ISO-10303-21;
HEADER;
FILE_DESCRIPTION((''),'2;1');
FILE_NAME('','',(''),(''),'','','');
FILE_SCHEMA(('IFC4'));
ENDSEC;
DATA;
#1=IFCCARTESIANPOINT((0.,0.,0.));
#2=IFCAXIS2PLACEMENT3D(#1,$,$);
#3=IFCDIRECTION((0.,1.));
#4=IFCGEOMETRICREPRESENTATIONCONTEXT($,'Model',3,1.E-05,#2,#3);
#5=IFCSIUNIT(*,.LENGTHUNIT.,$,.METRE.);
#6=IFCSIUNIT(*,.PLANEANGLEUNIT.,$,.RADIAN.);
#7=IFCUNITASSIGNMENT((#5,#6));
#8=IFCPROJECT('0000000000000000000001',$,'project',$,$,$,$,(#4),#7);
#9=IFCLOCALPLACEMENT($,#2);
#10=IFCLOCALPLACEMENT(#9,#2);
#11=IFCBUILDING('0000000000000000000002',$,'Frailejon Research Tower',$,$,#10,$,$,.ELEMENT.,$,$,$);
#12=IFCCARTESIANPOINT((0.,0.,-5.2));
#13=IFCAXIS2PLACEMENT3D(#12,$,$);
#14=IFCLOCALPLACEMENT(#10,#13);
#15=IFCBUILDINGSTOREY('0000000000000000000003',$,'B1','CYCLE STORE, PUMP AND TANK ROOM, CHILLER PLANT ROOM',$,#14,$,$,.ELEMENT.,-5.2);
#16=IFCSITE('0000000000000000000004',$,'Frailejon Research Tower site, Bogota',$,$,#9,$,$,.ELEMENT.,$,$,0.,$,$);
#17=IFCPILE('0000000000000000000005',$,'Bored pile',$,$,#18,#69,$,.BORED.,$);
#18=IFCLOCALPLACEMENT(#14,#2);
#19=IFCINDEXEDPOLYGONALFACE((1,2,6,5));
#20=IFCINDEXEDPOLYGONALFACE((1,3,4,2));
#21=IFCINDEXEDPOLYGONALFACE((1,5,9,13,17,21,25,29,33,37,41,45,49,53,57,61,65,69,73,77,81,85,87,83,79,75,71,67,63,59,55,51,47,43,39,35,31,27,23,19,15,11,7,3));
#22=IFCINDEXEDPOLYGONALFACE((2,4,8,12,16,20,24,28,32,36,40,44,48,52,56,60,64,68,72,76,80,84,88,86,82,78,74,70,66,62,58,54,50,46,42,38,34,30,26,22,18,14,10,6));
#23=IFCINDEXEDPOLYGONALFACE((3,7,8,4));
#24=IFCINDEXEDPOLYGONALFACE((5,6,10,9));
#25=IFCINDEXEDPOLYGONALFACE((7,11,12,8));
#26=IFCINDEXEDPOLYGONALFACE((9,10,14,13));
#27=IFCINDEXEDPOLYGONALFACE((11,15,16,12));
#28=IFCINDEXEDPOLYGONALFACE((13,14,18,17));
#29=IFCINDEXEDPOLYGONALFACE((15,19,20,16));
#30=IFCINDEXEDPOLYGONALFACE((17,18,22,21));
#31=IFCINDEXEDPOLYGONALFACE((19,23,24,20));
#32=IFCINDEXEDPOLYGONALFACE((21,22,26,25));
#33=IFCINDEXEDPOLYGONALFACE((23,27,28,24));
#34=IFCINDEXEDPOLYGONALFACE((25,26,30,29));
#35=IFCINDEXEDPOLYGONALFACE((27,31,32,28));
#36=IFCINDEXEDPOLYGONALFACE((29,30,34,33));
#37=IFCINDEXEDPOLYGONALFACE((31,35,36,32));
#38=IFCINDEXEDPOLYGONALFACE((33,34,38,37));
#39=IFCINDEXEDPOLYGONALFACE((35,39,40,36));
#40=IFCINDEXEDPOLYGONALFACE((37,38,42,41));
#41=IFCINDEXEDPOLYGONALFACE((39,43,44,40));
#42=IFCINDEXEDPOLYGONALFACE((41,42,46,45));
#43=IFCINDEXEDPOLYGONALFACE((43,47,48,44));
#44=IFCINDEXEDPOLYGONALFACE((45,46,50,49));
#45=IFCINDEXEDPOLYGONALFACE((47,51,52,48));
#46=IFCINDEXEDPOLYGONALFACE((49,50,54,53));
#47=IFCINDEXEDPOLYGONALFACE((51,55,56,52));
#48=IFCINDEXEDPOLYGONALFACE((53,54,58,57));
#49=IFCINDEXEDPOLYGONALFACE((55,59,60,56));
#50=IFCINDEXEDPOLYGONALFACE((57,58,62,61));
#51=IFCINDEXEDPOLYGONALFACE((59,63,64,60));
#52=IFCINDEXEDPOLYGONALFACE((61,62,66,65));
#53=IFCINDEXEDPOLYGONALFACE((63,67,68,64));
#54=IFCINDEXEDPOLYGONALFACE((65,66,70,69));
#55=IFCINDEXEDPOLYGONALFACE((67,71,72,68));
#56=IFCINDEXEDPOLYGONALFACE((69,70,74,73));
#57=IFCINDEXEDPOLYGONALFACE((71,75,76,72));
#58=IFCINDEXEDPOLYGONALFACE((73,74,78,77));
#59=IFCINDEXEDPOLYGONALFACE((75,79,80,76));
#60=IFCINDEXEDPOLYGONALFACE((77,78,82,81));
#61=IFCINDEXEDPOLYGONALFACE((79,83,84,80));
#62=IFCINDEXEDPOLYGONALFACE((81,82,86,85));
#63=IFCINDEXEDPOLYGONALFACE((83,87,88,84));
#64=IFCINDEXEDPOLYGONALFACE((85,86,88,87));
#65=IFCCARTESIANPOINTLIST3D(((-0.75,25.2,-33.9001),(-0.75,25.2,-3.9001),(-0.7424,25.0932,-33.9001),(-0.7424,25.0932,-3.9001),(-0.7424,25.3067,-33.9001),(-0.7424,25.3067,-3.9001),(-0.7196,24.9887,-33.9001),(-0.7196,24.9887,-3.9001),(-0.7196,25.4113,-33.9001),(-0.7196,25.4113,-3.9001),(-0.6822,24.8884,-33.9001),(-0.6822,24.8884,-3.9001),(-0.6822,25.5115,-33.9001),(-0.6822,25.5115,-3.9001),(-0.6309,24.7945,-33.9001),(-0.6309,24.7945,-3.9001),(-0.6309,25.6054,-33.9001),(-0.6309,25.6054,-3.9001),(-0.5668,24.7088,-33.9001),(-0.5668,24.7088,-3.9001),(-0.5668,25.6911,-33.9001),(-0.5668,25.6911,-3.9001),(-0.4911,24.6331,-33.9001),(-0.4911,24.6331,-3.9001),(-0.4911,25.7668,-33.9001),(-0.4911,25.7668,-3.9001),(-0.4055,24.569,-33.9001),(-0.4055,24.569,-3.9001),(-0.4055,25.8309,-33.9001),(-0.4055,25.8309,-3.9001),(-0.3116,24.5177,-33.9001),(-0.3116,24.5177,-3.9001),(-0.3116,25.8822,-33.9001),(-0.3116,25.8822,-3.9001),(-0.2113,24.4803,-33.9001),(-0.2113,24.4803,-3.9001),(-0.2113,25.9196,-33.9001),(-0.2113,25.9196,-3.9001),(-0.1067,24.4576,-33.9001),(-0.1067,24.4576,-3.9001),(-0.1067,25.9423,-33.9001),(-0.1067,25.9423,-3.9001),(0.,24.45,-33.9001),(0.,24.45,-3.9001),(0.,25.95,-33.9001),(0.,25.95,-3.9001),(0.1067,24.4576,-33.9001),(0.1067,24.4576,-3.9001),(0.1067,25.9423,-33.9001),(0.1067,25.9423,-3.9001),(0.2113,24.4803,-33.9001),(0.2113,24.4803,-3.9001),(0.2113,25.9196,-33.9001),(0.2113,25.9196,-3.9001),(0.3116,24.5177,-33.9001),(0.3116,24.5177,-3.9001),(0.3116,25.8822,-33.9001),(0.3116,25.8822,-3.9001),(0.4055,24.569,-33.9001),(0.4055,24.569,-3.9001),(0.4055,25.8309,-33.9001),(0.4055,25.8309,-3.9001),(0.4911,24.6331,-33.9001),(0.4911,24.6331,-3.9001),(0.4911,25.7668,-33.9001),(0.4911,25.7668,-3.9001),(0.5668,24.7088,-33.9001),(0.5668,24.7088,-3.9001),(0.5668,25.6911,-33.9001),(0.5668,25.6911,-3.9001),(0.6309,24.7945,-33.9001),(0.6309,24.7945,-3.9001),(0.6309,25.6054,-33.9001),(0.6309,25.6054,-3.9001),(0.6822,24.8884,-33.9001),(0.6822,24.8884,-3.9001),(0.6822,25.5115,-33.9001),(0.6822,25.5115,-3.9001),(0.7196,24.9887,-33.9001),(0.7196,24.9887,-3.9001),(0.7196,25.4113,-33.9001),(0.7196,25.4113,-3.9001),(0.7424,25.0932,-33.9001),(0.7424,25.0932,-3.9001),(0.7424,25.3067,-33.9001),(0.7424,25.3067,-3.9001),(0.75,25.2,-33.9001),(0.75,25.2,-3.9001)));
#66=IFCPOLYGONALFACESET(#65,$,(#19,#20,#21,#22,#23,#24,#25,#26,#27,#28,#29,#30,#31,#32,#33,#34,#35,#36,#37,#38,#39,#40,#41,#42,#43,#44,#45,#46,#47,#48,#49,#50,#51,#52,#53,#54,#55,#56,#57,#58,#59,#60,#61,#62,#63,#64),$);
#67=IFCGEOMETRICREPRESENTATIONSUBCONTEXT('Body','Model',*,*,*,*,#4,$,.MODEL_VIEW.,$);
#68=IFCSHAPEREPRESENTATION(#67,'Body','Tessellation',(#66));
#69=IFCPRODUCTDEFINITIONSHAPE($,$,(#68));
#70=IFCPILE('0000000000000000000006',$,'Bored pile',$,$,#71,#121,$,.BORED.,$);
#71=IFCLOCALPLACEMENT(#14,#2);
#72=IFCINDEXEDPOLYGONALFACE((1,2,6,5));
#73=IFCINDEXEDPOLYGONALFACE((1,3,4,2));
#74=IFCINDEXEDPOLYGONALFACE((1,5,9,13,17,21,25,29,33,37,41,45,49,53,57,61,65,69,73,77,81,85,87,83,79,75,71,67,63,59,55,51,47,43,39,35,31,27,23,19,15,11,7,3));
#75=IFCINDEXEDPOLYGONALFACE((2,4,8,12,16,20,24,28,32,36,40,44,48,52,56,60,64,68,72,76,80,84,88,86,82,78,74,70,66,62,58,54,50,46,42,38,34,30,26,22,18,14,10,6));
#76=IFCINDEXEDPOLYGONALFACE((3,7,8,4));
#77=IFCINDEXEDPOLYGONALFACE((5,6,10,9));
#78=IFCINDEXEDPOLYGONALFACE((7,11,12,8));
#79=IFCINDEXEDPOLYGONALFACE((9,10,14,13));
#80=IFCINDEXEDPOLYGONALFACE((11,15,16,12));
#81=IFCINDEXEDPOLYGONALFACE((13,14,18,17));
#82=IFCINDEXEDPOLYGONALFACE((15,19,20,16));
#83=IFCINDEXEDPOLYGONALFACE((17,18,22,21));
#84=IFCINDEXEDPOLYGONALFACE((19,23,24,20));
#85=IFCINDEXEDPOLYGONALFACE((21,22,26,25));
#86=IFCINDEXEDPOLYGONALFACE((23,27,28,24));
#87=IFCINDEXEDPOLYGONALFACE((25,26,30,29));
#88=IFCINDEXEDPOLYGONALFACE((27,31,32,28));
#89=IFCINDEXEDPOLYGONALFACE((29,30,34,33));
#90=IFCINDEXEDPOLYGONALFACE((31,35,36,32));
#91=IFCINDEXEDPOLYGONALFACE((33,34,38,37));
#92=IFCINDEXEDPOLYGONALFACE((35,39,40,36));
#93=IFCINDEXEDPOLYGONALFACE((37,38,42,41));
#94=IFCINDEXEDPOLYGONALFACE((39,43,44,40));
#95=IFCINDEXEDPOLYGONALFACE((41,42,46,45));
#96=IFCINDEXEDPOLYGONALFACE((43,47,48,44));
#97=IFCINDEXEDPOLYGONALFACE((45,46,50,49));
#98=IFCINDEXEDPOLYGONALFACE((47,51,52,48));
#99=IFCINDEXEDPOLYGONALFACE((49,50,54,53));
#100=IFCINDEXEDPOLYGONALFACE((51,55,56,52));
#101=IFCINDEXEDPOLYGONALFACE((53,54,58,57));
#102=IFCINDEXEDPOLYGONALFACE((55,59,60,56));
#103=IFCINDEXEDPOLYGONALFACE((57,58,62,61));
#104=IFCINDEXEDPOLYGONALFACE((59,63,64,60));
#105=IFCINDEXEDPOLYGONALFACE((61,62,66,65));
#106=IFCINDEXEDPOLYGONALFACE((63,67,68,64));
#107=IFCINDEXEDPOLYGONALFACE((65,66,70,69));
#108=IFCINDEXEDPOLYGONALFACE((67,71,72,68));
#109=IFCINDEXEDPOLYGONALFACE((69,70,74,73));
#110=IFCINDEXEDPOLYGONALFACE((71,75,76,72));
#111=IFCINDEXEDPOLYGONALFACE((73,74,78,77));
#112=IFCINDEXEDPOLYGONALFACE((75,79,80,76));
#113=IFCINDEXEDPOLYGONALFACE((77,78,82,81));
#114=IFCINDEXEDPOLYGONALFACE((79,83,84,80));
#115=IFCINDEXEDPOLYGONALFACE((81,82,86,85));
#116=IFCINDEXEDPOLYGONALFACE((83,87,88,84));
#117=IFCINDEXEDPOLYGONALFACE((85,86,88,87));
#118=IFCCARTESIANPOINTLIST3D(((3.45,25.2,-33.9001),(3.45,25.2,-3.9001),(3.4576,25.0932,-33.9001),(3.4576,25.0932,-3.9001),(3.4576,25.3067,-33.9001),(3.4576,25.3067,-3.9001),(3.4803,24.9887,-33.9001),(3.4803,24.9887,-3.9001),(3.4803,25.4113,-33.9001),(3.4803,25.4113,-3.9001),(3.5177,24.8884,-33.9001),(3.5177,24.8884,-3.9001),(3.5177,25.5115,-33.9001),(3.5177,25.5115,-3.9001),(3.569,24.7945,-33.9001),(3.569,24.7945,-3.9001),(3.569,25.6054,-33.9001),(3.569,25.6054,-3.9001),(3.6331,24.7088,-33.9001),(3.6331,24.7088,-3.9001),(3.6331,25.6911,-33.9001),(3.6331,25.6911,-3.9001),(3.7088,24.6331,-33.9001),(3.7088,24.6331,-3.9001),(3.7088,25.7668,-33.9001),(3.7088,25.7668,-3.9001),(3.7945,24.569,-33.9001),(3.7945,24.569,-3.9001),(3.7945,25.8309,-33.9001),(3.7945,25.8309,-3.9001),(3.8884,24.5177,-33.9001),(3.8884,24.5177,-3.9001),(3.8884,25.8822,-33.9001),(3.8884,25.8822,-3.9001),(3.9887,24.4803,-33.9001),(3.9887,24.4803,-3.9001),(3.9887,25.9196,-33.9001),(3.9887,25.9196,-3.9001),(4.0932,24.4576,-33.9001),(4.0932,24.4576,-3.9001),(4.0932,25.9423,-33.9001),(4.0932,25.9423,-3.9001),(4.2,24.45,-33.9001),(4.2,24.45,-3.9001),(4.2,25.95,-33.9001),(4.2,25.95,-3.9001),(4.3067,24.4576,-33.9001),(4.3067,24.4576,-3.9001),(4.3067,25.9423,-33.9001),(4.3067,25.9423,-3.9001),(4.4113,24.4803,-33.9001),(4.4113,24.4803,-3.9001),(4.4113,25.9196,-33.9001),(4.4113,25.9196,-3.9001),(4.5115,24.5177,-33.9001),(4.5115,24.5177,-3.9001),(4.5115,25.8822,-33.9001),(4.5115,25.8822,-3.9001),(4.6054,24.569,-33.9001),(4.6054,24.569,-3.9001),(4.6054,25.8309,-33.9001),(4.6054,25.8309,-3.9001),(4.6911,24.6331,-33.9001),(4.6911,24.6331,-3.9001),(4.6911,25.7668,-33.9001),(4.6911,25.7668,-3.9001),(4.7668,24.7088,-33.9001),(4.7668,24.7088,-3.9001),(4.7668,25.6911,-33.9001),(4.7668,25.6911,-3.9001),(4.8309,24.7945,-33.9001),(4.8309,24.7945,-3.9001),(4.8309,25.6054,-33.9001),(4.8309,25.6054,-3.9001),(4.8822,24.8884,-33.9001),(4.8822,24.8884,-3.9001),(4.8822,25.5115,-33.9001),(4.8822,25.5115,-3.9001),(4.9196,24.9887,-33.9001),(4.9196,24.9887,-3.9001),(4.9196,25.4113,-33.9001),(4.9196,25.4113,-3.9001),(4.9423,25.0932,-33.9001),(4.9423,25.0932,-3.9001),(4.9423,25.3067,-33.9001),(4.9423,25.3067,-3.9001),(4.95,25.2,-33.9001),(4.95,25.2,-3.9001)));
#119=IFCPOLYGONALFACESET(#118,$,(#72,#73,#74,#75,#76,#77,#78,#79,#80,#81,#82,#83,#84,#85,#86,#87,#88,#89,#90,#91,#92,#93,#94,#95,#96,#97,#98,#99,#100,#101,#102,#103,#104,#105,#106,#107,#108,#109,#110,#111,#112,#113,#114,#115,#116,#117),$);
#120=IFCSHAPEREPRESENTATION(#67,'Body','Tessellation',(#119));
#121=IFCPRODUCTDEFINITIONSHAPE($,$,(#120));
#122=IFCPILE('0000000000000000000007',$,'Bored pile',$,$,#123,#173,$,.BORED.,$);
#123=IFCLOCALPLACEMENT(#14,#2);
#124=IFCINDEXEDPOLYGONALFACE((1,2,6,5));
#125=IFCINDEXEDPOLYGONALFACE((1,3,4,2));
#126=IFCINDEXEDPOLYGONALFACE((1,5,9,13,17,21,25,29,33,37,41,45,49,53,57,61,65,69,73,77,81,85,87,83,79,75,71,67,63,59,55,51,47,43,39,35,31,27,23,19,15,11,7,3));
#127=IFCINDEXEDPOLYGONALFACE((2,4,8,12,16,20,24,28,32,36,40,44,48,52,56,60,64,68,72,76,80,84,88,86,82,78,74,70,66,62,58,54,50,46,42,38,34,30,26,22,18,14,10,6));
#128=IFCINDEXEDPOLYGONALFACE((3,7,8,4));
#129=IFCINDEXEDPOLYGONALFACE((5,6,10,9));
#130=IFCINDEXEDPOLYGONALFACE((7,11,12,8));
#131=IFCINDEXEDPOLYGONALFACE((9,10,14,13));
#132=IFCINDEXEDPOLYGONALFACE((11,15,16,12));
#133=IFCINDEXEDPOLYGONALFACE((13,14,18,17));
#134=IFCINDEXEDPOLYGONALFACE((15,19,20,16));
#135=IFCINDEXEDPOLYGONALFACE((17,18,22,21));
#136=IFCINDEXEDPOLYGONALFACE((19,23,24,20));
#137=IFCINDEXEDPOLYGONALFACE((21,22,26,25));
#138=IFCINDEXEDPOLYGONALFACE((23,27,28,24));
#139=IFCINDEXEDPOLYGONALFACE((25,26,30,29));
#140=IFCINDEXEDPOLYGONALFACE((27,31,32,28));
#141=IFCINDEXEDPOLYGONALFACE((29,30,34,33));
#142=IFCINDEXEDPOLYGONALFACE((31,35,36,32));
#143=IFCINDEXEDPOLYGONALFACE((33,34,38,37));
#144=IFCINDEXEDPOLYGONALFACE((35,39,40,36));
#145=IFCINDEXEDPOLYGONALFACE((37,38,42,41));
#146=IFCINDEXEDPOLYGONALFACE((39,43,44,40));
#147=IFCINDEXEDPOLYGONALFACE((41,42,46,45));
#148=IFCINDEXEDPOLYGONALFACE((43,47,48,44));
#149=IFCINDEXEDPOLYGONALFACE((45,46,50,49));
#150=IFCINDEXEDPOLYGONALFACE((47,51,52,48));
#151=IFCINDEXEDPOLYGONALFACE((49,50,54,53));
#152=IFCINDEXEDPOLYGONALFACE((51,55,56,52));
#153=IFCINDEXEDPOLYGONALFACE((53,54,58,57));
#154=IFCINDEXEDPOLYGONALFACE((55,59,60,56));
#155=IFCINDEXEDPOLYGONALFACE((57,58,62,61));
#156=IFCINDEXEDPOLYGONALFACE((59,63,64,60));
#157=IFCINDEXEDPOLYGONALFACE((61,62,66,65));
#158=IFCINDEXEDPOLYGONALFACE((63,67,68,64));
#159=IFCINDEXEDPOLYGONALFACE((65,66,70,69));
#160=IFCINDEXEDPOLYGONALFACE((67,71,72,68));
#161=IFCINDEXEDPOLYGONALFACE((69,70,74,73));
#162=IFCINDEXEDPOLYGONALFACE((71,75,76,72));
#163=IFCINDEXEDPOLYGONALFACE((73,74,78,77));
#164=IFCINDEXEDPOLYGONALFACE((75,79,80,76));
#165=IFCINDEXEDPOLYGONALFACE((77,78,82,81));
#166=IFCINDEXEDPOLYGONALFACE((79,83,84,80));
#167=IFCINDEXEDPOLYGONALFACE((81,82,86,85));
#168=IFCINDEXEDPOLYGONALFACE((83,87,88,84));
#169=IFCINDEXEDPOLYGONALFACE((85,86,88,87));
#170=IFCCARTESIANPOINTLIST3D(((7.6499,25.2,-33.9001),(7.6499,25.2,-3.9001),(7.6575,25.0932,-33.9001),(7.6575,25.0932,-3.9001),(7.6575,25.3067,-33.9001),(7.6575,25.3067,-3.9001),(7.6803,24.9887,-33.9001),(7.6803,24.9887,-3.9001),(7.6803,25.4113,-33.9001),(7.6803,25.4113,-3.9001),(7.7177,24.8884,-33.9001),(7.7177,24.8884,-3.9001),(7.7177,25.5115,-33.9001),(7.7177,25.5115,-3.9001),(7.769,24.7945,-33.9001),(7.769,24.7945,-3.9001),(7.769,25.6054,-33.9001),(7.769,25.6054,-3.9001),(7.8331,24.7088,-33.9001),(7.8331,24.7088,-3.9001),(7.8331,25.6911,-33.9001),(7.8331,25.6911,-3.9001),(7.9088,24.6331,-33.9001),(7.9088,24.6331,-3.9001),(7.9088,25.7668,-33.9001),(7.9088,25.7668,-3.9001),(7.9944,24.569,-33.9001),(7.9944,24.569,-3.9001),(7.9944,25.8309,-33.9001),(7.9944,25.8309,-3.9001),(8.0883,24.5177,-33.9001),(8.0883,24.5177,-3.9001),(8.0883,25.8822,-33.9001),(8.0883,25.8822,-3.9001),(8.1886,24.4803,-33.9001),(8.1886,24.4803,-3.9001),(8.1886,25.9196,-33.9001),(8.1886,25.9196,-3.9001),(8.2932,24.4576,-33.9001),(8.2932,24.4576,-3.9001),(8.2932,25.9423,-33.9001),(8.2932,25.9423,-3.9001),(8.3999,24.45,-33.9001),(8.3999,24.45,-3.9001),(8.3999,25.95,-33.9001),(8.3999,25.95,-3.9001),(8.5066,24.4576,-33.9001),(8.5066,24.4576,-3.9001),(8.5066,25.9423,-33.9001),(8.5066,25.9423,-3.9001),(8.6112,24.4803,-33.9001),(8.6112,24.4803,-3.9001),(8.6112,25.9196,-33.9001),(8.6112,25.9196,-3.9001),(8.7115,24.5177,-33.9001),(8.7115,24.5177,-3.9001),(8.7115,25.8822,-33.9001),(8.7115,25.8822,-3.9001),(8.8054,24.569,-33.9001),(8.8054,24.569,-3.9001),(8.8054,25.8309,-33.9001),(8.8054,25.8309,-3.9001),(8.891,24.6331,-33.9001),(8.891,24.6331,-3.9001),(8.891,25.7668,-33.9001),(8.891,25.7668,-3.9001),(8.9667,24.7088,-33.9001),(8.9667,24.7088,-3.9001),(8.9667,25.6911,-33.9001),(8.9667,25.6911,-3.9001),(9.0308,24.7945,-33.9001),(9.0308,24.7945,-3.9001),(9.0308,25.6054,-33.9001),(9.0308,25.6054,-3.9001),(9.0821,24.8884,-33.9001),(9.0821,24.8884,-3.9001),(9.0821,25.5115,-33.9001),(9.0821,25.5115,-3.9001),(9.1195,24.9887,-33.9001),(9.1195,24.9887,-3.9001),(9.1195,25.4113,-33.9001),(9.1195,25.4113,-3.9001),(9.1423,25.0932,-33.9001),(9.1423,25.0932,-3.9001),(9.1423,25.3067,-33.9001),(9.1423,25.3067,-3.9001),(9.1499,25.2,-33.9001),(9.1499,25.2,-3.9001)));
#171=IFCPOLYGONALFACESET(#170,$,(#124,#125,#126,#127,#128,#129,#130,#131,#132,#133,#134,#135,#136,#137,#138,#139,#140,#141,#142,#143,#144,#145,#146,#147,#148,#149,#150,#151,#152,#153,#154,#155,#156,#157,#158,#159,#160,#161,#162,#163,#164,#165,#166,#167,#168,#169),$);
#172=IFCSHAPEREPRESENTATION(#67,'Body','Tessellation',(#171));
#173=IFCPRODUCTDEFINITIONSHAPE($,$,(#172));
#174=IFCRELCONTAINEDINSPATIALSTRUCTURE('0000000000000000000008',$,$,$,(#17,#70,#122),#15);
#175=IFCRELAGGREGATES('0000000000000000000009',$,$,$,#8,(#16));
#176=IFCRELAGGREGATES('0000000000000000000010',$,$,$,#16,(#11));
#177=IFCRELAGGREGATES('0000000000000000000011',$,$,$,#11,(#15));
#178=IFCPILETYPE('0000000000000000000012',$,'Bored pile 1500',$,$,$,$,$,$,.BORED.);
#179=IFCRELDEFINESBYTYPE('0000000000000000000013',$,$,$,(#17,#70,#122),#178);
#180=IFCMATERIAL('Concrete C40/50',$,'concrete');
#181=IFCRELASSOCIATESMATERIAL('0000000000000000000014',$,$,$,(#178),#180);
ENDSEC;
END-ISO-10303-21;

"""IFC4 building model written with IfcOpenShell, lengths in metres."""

from ifc_helpers import new_model, si_unit, direction, frame, origin, origin_2d, place, context, subcontext, project, spatial, circle, extrude, material, material_profile, profile_set, type_object, element, save


model = new_model("IFC4")

# Units and contexts
model_context = context("Model", 3, precision=1e-05, world=origin(), true_north=direction((0.0, 1.0)))
body_context = subcontext(model_context, "Body", "Model", "MODEL_VIEW")
ifc_project = project(units=[si_unit("LENGTHUNIT", "METRE"), si_unit("PLANEANGLEUNIT", "RADIAN")], contexts=[model_context])

# Site, building, storey
site_placement = place(None, origin())
site = spatial("IfcSite", under=ifc_project, at=site_placement, Name="Frailejon Research Tower site, Bogota", CompositionType="ELEMENT", RefElevation=0.0)
building_placement = place(site_placement, origin())
building = spatial("IfcBuilding", under=site, at=building_placement, Name="Frailejon Research Tower", CompositionType="ELEMENT")
storey_placement = place(building_placement, frame((0.0, 0.0, -5.2)))
storey = spatial("IfcBuildingStorey", under=building, at=storey_placement, Name="B1", Description="CYCLE STORE, PUMP AND TANK ROOM, CHILLER PLANT ROOM", CompositionType="ELEMENT", Elevation=-5.2)

# Piles
ifc_material_1 = material(Name="Concrete C40/50", Category="concrete")
ifc_material_profile_1 = material_profile(ifc_material_1, circle(Radius=0.75, at=origin_2d()), Name="Bored pile 1500")
ifc_profile_set_1 = profile_set([ifc_material_profile_1], Name="Concrete C40/50")
pile_type = type_object("IfcPileType", Name="Bored pile 1500", PredefinedType="BORED", material=ifc_profile_set_1)
for number, where, z_axis, x_axis, name in (
    (1, (0.0, 25.2, -3.9001), (0.0, 0.0, -1.0), (1.0, 0.0, 0.0), "Bored pile"),
    (2, (4.2, 25.2, -3.9001), (0.0, 0.0, -1.0), (1.0, 0.0, 0.0), "Bored pile"),
    (3, (8.3999, 25.2, -3.9001), (0.0, 0.0, -1.0), (1.0, 0.0, 0.0), "Bored pile"),
):
    element("IfcPile", number, at=place(storey_placement, frame(where, z_axis=z_axis, x_axis=x_axis)), inside=storey, type_object=pile_type, Name=name, PredefinedType="BORED", context=body_context, shape_type="SweptSolid", body=[
        extrude(circle(Radius=0.75, at=origin_2d()), origin(), (0.0, 0.0, 1.0), 30.0),
    ])

save(model, "model.ifc")
